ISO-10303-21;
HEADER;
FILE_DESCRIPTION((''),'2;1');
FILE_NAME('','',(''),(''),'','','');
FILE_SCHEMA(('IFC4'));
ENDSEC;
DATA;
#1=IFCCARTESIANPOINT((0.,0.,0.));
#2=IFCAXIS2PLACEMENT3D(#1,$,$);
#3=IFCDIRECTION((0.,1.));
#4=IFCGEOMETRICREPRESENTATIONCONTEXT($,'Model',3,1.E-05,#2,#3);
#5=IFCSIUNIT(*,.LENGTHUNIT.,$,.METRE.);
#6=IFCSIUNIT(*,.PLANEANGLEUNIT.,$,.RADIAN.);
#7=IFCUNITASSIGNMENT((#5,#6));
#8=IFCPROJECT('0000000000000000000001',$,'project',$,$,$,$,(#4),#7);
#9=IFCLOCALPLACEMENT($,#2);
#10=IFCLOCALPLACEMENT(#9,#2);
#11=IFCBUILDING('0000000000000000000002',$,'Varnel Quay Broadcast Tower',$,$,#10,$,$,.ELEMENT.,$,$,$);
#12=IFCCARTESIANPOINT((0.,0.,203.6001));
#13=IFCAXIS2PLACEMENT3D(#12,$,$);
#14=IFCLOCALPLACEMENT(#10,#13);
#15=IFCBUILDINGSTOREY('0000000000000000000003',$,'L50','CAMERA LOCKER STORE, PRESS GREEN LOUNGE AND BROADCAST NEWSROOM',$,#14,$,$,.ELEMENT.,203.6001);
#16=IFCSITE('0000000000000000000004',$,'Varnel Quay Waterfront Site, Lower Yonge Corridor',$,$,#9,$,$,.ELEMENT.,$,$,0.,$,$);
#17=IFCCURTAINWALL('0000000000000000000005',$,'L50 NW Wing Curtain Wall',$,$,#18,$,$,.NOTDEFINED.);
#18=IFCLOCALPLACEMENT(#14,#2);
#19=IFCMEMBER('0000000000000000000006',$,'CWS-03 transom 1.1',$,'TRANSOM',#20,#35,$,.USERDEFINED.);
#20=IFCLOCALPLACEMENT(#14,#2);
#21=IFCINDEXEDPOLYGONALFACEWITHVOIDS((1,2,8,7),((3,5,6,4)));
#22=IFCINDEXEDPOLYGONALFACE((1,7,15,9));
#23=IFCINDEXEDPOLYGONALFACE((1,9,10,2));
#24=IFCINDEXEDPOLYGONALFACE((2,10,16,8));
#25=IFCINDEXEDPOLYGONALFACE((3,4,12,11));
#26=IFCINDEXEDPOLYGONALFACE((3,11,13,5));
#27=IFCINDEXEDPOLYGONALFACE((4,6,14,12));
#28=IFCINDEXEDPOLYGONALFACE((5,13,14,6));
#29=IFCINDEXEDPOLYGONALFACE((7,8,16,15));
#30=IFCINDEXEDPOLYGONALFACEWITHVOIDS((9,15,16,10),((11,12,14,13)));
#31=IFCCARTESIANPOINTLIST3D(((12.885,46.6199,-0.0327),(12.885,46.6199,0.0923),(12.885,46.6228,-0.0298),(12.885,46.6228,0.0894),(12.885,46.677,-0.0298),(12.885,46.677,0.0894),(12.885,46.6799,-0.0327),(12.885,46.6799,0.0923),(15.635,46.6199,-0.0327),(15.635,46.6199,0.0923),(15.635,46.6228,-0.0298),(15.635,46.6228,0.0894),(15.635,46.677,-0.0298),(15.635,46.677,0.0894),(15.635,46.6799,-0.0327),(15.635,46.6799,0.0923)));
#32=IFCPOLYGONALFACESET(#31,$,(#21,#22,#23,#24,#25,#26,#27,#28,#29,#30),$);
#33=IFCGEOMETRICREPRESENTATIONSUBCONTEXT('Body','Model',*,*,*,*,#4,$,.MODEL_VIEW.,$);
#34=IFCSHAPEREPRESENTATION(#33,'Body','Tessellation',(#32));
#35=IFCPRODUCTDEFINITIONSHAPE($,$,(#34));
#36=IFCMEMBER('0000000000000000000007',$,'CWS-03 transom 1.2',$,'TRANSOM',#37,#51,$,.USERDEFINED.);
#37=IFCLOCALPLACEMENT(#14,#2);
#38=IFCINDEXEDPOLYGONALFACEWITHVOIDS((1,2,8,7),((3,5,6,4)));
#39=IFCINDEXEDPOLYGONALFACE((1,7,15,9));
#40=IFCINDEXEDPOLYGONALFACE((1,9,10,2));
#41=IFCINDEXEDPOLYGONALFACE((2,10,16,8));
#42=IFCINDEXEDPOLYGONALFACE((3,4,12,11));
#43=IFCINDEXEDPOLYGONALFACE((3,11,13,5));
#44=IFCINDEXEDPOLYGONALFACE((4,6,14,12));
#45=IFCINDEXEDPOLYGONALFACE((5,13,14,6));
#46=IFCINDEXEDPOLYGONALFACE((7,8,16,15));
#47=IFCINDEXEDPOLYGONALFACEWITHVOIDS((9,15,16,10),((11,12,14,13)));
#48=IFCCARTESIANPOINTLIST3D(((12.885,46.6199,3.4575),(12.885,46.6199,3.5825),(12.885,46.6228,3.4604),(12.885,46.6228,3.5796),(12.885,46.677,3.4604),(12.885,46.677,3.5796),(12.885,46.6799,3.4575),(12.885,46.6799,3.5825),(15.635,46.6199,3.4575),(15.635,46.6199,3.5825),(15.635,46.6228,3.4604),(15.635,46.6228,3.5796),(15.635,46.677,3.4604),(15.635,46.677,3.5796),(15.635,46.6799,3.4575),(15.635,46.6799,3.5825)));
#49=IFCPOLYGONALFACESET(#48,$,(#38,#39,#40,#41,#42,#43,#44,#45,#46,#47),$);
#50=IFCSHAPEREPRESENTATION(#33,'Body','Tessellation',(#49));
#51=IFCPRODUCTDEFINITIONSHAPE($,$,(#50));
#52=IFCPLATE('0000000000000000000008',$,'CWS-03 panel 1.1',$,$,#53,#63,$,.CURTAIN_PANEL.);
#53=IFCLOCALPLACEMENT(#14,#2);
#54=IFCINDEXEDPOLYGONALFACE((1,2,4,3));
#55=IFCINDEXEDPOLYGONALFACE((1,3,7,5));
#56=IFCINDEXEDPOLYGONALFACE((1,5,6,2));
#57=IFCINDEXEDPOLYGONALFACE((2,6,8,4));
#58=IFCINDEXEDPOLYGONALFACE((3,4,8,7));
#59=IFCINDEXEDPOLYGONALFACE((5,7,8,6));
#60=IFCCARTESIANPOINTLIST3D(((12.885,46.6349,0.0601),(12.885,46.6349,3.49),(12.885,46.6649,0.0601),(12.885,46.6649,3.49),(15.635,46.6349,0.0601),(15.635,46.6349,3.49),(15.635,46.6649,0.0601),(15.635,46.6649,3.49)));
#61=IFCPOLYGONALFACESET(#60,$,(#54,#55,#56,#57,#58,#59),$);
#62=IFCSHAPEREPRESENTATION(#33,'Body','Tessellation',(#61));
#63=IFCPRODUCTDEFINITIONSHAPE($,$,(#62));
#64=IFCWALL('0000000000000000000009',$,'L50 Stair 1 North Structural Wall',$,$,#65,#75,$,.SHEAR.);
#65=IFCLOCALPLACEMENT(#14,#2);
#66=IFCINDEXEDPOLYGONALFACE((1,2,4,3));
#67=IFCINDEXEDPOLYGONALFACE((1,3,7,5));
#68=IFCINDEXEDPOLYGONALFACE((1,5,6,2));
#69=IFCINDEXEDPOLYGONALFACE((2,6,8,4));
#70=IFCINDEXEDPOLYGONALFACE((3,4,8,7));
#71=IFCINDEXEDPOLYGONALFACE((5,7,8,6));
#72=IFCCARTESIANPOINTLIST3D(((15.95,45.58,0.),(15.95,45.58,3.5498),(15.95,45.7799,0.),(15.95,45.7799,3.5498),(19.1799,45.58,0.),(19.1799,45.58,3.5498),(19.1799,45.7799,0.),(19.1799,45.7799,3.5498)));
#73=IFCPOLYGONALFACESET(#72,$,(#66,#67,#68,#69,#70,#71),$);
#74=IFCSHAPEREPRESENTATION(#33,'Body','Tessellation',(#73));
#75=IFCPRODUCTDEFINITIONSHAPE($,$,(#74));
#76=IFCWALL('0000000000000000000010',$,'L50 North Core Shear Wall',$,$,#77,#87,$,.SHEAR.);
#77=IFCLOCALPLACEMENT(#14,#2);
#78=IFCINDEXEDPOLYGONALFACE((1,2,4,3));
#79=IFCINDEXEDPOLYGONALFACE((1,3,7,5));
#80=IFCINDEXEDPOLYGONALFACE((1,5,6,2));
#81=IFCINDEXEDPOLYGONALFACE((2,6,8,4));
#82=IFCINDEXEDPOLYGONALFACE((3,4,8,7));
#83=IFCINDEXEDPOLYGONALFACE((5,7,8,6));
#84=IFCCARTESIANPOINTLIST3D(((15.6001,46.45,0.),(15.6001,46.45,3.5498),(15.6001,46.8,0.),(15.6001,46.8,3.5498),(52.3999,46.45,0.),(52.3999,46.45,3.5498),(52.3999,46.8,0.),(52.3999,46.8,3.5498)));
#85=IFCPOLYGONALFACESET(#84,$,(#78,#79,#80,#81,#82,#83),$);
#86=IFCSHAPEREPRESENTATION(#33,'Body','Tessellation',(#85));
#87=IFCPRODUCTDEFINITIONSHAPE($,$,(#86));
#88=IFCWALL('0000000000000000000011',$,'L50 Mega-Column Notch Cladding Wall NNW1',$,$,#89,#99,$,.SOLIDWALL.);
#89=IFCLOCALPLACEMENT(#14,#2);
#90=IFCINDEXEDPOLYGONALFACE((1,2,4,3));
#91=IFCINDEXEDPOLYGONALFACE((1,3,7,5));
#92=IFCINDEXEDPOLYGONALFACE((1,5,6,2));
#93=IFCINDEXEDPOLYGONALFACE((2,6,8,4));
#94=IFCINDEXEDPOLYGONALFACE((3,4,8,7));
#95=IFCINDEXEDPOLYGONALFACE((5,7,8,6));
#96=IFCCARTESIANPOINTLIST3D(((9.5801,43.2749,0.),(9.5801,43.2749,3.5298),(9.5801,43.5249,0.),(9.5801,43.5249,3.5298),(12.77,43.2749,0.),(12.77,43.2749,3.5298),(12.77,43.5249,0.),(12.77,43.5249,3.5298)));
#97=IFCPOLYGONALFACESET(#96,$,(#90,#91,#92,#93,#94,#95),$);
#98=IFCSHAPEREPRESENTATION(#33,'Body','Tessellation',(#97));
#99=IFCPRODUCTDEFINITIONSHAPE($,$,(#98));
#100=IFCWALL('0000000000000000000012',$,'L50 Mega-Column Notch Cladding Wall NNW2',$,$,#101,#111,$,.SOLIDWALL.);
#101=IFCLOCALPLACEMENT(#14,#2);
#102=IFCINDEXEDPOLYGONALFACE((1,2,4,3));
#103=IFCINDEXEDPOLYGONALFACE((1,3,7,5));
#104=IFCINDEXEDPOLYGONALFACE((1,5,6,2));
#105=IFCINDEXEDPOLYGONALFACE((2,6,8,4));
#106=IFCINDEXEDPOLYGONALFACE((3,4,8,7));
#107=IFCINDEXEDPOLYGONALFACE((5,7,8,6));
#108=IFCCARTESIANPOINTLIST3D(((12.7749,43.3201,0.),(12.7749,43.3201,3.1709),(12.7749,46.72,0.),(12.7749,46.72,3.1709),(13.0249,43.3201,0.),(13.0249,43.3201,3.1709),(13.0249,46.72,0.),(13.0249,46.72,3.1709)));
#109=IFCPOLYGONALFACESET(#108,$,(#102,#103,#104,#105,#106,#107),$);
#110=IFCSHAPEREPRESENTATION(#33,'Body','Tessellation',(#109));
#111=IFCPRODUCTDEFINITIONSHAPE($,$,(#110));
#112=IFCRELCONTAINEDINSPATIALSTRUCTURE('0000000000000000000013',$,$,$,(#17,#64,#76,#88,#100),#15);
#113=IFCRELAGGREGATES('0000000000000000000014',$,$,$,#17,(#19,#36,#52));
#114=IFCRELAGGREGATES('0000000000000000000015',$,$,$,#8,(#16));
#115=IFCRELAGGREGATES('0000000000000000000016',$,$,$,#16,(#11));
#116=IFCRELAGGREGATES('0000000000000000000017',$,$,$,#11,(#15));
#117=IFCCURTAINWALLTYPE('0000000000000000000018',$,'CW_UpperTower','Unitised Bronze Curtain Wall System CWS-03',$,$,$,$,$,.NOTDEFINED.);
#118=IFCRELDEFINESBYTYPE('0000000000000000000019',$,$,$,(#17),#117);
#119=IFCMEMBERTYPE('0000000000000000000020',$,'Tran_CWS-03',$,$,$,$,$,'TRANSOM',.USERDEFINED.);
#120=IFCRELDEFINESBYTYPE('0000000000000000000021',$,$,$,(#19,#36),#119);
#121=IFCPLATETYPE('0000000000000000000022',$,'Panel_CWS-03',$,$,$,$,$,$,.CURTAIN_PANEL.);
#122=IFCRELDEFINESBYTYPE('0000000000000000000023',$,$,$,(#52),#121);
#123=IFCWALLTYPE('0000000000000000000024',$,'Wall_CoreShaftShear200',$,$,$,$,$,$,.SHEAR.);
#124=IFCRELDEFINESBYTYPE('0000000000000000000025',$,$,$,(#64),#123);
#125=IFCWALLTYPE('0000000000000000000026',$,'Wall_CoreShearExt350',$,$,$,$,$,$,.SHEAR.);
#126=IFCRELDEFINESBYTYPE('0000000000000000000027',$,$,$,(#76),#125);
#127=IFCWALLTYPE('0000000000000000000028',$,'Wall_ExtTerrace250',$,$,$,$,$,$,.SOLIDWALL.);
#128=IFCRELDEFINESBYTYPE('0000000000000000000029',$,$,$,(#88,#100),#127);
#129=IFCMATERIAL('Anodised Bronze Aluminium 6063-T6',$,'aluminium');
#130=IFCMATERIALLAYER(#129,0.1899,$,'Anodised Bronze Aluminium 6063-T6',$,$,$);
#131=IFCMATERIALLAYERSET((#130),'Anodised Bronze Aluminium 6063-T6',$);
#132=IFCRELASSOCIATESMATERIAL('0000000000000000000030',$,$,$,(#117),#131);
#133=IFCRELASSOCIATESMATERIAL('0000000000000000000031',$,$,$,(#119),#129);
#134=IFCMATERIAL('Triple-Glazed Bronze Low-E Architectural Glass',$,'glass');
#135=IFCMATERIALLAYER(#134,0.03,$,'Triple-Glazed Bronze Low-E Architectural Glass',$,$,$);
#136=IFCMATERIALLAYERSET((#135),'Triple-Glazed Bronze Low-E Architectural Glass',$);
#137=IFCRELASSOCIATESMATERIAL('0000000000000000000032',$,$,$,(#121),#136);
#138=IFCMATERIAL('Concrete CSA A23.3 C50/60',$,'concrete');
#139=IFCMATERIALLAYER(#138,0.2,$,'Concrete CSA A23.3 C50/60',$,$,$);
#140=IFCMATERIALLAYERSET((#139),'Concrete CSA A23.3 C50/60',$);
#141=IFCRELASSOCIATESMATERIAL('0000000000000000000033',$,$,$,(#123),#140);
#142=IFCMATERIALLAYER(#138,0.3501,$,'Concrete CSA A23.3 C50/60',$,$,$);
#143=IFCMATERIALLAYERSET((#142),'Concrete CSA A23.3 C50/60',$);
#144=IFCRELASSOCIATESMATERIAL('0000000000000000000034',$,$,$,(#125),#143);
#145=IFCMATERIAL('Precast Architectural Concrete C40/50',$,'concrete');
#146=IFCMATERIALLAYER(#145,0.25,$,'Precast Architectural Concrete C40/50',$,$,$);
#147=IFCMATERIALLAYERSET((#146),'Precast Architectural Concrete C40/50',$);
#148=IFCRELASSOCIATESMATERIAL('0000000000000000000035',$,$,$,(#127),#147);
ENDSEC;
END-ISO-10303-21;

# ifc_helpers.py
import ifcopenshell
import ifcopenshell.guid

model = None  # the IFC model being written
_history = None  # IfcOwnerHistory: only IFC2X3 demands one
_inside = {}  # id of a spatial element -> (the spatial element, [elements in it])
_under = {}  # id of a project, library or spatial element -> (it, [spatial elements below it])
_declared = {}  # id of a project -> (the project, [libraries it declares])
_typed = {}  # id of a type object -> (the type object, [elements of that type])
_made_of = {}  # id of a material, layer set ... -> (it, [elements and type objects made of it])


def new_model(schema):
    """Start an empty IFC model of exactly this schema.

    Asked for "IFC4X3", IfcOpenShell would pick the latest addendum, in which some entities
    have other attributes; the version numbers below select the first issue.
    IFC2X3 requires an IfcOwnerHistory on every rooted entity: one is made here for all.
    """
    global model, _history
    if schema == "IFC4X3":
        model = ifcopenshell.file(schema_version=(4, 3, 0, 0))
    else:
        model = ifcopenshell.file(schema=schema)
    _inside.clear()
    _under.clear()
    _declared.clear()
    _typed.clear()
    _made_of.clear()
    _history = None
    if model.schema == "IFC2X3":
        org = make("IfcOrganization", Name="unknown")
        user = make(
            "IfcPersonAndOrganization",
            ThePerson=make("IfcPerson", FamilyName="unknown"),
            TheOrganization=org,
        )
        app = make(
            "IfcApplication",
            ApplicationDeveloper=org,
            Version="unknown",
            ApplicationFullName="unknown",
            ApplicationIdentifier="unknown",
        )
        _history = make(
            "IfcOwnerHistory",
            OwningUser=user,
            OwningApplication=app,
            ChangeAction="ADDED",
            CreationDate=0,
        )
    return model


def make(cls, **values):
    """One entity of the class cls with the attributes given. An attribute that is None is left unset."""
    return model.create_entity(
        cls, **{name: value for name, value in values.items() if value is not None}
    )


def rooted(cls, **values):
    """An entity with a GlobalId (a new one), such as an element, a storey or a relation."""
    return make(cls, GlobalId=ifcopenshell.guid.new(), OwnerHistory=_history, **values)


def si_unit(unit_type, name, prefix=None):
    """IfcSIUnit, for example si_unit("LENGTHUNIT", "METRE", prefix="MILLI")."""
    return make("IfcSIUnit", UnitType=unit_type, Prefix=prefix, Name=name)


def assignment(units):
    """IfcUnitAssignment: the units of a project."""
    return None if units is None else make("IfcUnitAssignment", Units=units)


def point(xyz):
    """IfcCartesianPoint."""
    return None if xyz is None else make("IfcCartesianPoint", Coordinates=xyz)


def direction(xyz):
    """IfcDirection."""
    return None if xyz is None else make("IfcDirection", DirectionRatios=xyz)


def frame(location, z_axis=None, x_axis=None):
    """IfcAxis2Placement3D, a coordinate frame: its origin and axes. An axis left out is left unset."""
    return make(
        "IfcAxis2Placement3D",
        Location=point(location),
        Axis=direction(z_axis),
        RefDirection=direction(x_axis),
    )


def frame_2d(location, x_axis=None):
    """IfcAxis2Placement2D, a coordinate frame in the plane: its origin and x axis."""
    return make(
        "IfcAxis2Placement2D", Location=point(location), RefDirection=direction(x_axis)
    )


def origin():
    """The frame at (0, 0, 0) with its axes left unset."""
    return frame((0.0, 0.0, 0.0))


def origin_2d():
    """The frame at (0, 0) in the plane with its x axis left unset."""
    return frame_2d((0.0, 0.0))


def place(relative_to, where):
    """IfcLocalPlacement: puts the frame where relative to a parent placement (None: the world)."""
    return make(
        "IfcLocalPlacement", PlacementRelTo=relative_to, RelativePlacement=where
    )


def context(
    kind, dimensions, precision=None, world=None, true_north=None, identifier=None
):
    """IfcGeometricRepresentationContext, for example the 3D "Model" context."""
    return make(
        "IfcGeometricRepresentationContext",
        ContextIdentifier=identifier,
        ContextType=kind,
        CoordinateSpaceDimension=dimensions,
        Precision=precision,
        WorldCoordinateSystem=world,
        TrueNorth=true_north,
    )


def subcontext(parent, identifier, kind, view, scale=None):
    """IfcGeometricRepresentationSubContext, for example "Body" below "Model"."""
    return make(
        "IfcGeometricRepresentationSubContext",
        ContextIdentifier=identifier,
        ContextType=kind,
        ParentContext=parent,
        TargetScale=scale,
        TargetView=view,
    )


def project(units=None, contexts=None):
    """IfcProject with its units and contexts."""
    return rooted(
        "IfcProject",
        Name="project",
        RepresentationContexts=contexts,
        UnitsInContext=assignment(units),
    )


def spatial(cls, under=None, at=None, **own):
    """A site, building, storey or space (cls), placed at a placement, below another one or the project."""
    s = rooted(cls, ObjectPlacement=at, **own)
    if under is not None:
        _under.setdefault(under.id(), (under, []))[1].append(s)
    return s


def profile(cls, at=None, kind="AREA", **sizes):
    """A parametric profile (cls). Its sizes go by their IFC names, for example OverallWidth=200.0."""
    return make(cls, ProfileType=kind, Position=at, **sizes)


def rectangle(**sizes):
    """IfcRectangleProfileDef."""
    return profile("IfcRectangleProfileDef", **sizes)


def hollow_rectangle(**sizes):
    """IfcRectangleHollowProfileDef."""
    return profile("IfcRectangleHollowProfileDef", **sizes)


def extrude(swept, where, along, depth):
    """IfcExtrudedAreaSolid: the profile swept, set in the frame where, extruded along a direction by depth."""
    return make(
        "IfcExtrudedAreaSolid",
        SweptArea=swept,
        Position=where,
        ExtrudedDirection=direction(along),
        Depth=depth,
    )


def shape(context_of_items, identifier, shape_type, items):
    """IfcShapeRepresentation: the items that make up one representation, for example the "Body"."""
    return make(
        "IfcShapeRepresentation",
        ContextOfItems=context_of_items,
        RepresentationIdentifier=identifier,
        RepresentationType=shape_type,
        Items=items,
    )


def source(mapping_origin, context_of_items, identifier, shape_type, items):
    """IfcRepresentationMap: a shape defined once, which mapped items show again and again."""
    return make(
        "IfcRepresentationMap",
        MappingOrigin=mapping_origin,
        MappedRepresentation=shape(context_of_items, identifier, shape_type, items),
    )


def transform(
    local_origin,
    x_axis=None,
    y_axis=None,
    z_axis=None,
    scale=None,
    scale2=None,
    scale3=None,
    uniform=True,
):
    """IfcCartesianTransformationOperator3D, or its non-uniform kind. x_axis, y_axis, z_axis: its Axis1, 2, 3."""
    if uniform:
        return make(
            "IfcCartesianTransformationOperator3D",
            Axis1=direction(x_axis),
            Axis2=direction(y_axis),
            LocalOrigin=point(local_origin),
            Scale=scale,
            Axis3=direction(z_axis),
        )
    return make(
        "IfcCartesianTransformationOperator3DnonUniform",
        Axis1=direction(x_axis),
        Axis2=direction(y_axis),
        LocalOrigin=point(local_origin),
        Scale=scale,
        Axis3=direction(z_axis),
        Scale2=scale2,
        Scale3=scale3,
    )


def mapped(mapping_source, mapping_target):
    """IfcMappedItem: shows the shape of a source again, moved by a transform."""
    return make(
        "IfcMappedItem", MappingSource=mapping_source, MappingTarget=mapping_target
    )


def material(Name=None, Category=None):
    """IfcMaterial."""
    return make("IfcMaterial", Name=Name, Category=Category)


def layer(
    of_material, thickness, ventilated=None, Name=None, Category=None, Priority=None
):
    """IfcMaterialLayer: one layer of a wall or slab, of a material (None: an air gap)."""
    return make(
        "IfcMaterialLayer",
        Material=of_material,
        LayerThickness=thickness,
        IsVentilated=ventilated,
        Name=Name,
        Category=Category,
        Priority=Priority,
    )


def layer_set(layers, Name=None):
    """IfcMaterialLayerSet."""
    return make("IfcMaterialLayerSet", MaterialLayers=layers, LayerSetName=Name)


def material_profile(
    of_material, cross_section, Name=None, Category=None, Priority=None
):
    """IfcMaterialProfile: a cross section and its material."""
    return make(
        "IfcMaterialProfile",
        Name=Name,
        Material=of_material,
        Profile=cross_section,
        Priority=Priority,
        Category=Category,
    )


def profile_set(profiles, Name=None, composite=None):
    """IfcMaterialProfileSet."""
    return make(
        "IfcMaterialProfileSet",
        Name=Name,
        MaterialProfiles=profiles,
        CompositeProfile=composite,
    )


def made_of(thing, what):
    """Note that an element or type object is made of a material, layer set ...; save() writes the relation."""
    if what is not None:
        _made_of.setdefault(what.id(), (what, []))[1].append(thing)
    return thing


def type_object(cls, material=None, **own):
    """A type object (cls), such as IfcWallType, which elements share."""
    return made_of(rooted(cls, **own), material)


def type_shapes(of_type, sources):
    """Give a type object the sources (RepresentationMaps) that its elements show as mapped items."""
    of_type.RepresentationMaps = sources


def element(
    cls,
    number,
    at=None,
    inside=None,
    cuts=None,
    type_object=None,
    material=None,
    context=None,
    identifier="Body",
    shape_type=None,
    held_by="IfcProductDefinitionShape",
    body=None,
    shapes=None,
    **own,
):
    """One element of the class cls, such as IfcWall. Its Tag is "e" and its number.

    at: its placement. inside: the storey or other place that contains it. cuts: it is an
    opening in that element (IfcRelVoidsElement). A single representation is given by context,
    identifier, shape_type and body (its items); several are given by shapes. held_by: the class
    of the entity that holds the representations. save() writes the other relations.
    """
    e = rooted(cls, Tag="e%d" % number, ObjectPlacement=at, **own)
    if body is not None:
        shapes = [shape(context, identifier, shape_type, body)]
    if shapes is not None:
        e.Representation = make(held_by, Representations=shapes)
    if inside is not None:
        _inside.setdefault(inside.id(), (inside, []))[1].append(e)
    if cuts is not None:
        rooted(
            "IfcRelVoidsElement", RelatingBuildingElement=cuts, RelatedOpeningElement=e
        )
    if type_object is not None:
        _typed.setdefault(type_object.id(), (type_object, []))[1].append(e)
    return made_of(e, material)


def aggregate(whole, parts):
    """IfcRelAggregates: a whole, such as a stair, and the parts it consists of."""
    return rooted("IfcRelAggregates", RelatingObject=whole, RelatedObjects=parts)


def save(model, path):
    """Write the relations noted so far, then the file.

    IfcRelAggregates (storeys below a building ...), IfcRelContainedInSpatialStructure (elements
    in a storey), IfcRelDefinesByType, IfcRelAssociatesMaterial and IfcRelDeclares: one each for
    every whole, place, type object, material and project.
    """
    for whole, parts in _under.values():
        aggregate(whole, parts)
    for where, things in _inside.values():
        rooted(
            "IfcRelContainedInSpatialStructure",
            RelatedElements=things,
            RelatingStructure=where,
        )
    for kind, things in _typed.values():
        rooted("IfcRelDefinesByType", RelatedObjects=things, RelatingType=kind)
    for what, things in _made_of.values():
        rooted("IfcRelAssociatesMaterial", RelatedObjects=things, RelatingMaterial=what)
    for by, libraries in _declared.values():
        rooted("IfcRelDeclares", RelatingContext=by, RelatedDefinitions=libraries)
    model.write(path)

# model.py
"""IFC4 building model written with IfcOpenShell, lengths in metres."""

from ifc_helpers import new_model, si_unit, direction, frame, frame_2d, origin, origin_2d, place, context, subcontext, project, spatial, rectangle, hollow_rectangle, extrude, source, transform, mapped, material, layer, layer_set, material_profile, profile_set, type_object, type_shapes, element, aggregate, save


model = new_model("IFC4")

# Units and contexts
model_context = context("Model", 3, precision=1e-05, world=origin(), true_north=direction((0.0, 1.0)))
body_context = subcontext(model_context, "Body", "Model", "MODEL_VIEW")
ifc_project = project(units=[si_unit("LENGTHUNIT", "METRE"), si_unit("PLANEANGLEUNIT", "RADIAN")], contexts=[model_context])

# Site, building, storey
site_placement = place(None, origin())
site = spatial("IfcSite", under=ifc_project, at=site_placement, Name="Varnel Quay Waterfront Site, Lower Yonge Corridor", CompositionType="ELEMENT", RefElevation=0.0)
building_placement = place(site_placement, origin())
building = spatial("IfcBuilding", under=site, at=building_placement, Name="Varnel Quay Broadcast Tower", CompositionType="ELEMENT")
storey_placement = place(building_placement, frame((0.0, 0.0, 203.6001)))
storey = spatial("IfcBuildingStorey", under=building, at=storey_placement, Name="L50", Description="CAMERA LOCKER STORE, PRESS GREEN LOUNGE AND BROADCAST NEWSROOM", CompositionType="ELEMENT", Elevation=203.6001)

# Shared definitions
ifc_material_1 = material(Name="Anodised Bronze Aluminium 6063-T6", Category="aluminium")
ifc_layer_1 = layer(ifc_material_1, 0.1899, Name="Anodised Bronze Aluminium 6063-T6")
ifc_layer_set_1 = layer_set([ifc_layer_1], Name="Anodised Bronze Aluminium 6063-T6")
curtain_wall_type = type_object("IfcCurtainWallType", Name="CW_UpperTower", Description="Unitised Bronze Curtain Wall System CWS-03", PredefinedType="NOTDEFINED", material=ifc_layer_set_1)

# Curtain wall, members, plate
curtain_wall_1_placement = place(storey_placement, origin())
curtain_wall_1 = element("IfcCurtainWall", 1, at=curtain_wall_1_placement, inside=storey, type_object=curtain_wall_type, Name="L50 NW Wing Curtain Wall", PredefinedType="NOTDEFINED")
ifc_material_profile_1 = material_profile(ifc_material_1, hollow_rectangle(XDim=0.0601, YDim=0.125, WallThickness=0.0029, at=origin_2d()), Name="ALU60X125X3")
ifc_profile_set_1 = profile_set([ifc_material_profile_1], Name="Anodised Bronze Aluminium 6063-T6")
member_type_1 = type_object("IfcMemberType", Name="Tran_CWS-03", ElementType="TRANSOM", PredefinedType="USERDEFINED", material=ifc_profile_set_1)
shared_shape_1 = source(origin(), body_context, "Body", "SweptSolid", [
    extrude(hollow_rectangle(XDim=0.0601, YDim=0.125, WallThickness=0.0029, at=origin_2d()), origin(), (0.0, 0.0, 1.0), 2.75),
])
type_shapes(member_type_1, [shared_shape_1])
member_1_placement = place(storey_placement, frame((12.885, 46.6499, 0.0298), z_axis=(1.0, 0.0, 0.0), x_axis=(0.0, 1.0, 0.0)))
member_1 = element("IfcMember", 2, at=member_1_placement, type_object=member_type_1, Name="CWS-03 transom 1.1", ObjectType="TRANSOM", PredefinedType="USERDEFINED", context=body_context, shape_type="MappedRepresentation", body=[
    mapped(shared_shape_1, transform((0.0, 0.0, 0.0), x_axis=(1.0, 0.0, 0.0), y_axis=(0.0, 1.0, 0.0), z_axis=(0.0, 0.0, 1.0), scale=1.0)),
])
member_2_placement = place(storey_placement, frame((12.885, 46.6499, 3.52), z_axis=(1.0, 0.0, 0.0), x_axis=(0.0, 1.0, 0.0)))
member_2 = element("IfcMember", 3, at=member_2_placement, type_object=member_type_1, Name="CWS-03 transom 1.2", ObjectType="TRANSOM", PredefinedType="USERDEFINED", context=body_context, shape_type="MappedRepresentation", body=[
    mapped(shared_shape_1, transform((0.0, 0.0, 0.0), x_axis=(1.0, 0.0, 0.0), y_axis=(0.0, 1.0, 0.0), z_axis=(0.0, 0.0, 1.0), scale=1.0)),
])
ifc_material_2 = material(Name="Triple-Glazed Bronze Low-E Architectural Glass", Category="glass")
ifc_layer_2 = layer(ifc_material_2, 0.03, Name="Triple-Glazed Bronze Low-E Architectural Glass")
ifc_layer_set_2 = layer_set([ifc_layer_2], Name="Triple-Glazed Bronze Low-E Architectural Glass")
plate_type = type_object("IfcPlateType", Name="Panel_CWS-03", PredefinedType="CURTAIN_PANEL", material=ifc_layer_set_2)
shared_shape_2 = source(origin(), body_context, "Body", "SweptSolid", [
    extrude(rectangle(XDim=2.75, YDim=0.03, at=origin_2d()), origin(), (0.0, 0.0, 1.0), 3.4299),
])
type_shapes(plate_type, [shared_shape_2])
plate_placement = place(storey_placement, frame((14.26, 46.6499, 0.0601), z_axis=(0.0, 0.0, 1.0), x_axis=(1.0, 0.0, 0.0)))
plate = element("IfcPlate", 4, at=plate_placement, type_object=plate_type, Name="CWS-03 panel 1.1", PredefinedType="CURTAIN_PANEL", context=body_context, shape_type="MappedRepresentation", body=[
    mapped(shared_shape_2, transform((0.0, 0.0, 0.0), x_axis=(1.0, 0.0, 0.0), y_axis=(0.0, 1.0, 0.0), z_axis=(0.0, 0.0, 1.0), scale=1.0)),
])
aggregate(curtain_wall_1, [member_1, member_2, plate])

# Walls
ifc_material_3 = material(Name="Concrete CSA A23.3 C50/60", Category="concrete")
ifc_layer_3 = layer(ifc_material_3, 0.2, Name="Concrete CSA A23.3 C50/60")
ifc_layer_set_3 = layer_set([ifc_layer_3], Name="Concrete CSA A23.3 C50/60")
wall_type_1 = type_object("IfcWallType", Name="Wall_CoreShaftShear200", PredefinedType="SHEAR", material=ifc_layer_set_3)
wall_1_placement = place(storey_placement, frame((15.95, 45.6799, 0.0), z_axis=(0.0, 0.0, 1.0), x_axis=(1.0, 0.0, 0.0)))
element("IfcWall", 5, at=wall_1_placement, inside=storey, type_object=wall_type_1, Name="L50 Stair 1 North Structural Wall", PredefinedType="SHEAR", context=body_context, shape_type="SweptSolid", body=[
    extrude(rectangle(XDim=3.23, YDim=0.2, at=frame_2d((1.615, 0.0))), origin(), (0.0, 0.0, 1.0), 3.5498),
])
ifc_layer_4 = layer(ifc_material_3, 0.3501, Name="Concrete CSA A23.3 C50/60")
ifc_layer_set_4 = layer_set([ifc_layer_4], Name="Concrete CSA A23.3 C50/60")
wall_type_2 = type_object("IfcWallType", Name="Wall_CoreShearExt350", PredefinedType="SHEAR", material=ifc_layer_set_4)
wall_2_placement = place(storey_placement, frame((15.6001, 46.625, 0.0), z_axis=(0.0, 0.0, 1.0), x_axis=(1.0, 0.0, 0.0)))
element("IfcWall", 6, at=wall_2_placement, inside=storey, type_object=wall_type_2, Name="L50 North Core Shear Wall", PredefinedType="SHEAR", context=body_context, shape_type="SweptSolid", body=[
    extrude(rectangle(XDim=36.7998, YDim=0.3501, at=frame_2d((18.3999, 0.0))), origin(), (0.0, 0.0, 1.0), 3.5498),
])
ifc_material_4 = material(Name="Precast Architectural Concrete C40/50", Category="concrete")
ifc_layer_5 = layer(ifc_material_4, 0.25, Name="Precast Architectural Concrete C40/50")
ifc_layer_set_5 = layer_set([ifc_layer_5], Name="Precast Architectural Concrete C40/50")
wall_type_3 = type_object("IfcWallType", Name="Wall_ExtTerrace250", PredefinedType="SOLIDWALL", material=ifc_layer_set_5)
wall_3_placement = place(storey_placement, frame((9.5801, 43.3999, 0.0), z_axis=(0.0, 0.0, 1.0), x_axis=(1.0, 0.0, 0.0)))
element("IfcWall", 7, at=wall_3_placement, inside=storey, type_object=wall_type_3, Name="L50 Mega-Column Notch Cladding Wall NNW1", PredefinedType="SOLIDWALL", context=body_context, shape_type="SweptSolid", body=[
    extrude(rectangle(XDim=3.1899, YDim=0.25, at=frame_2d((1.595, 0.0))), origin(), (0.0, 0.0, 1.0), 3.5298),
])
wall_4_placement = place(storey_placement, frame((12.8999, 43.3201, 0.0), z_axis=(0.0, 0.0, 1.0), x_axis=(0.0, 1.0, 0.0)))
element("IfcWall", 8, at=wall_4_placement, inside=storey, type_object=wall_type_3, Name="L50 Mega-Column Notch Cladding Wall NNW2", PredefinedType="SOLIDWALL", context=body_context, shape_type="SweptSolid", body=[
    extrude(rectangle(XDim=3.3999, YDim=0.25, at=frame_2d((1.7, 0.0))), origin(), (0.0, 0.0, 1.0), 3.1709),
])

save(model, "model.ifc")
